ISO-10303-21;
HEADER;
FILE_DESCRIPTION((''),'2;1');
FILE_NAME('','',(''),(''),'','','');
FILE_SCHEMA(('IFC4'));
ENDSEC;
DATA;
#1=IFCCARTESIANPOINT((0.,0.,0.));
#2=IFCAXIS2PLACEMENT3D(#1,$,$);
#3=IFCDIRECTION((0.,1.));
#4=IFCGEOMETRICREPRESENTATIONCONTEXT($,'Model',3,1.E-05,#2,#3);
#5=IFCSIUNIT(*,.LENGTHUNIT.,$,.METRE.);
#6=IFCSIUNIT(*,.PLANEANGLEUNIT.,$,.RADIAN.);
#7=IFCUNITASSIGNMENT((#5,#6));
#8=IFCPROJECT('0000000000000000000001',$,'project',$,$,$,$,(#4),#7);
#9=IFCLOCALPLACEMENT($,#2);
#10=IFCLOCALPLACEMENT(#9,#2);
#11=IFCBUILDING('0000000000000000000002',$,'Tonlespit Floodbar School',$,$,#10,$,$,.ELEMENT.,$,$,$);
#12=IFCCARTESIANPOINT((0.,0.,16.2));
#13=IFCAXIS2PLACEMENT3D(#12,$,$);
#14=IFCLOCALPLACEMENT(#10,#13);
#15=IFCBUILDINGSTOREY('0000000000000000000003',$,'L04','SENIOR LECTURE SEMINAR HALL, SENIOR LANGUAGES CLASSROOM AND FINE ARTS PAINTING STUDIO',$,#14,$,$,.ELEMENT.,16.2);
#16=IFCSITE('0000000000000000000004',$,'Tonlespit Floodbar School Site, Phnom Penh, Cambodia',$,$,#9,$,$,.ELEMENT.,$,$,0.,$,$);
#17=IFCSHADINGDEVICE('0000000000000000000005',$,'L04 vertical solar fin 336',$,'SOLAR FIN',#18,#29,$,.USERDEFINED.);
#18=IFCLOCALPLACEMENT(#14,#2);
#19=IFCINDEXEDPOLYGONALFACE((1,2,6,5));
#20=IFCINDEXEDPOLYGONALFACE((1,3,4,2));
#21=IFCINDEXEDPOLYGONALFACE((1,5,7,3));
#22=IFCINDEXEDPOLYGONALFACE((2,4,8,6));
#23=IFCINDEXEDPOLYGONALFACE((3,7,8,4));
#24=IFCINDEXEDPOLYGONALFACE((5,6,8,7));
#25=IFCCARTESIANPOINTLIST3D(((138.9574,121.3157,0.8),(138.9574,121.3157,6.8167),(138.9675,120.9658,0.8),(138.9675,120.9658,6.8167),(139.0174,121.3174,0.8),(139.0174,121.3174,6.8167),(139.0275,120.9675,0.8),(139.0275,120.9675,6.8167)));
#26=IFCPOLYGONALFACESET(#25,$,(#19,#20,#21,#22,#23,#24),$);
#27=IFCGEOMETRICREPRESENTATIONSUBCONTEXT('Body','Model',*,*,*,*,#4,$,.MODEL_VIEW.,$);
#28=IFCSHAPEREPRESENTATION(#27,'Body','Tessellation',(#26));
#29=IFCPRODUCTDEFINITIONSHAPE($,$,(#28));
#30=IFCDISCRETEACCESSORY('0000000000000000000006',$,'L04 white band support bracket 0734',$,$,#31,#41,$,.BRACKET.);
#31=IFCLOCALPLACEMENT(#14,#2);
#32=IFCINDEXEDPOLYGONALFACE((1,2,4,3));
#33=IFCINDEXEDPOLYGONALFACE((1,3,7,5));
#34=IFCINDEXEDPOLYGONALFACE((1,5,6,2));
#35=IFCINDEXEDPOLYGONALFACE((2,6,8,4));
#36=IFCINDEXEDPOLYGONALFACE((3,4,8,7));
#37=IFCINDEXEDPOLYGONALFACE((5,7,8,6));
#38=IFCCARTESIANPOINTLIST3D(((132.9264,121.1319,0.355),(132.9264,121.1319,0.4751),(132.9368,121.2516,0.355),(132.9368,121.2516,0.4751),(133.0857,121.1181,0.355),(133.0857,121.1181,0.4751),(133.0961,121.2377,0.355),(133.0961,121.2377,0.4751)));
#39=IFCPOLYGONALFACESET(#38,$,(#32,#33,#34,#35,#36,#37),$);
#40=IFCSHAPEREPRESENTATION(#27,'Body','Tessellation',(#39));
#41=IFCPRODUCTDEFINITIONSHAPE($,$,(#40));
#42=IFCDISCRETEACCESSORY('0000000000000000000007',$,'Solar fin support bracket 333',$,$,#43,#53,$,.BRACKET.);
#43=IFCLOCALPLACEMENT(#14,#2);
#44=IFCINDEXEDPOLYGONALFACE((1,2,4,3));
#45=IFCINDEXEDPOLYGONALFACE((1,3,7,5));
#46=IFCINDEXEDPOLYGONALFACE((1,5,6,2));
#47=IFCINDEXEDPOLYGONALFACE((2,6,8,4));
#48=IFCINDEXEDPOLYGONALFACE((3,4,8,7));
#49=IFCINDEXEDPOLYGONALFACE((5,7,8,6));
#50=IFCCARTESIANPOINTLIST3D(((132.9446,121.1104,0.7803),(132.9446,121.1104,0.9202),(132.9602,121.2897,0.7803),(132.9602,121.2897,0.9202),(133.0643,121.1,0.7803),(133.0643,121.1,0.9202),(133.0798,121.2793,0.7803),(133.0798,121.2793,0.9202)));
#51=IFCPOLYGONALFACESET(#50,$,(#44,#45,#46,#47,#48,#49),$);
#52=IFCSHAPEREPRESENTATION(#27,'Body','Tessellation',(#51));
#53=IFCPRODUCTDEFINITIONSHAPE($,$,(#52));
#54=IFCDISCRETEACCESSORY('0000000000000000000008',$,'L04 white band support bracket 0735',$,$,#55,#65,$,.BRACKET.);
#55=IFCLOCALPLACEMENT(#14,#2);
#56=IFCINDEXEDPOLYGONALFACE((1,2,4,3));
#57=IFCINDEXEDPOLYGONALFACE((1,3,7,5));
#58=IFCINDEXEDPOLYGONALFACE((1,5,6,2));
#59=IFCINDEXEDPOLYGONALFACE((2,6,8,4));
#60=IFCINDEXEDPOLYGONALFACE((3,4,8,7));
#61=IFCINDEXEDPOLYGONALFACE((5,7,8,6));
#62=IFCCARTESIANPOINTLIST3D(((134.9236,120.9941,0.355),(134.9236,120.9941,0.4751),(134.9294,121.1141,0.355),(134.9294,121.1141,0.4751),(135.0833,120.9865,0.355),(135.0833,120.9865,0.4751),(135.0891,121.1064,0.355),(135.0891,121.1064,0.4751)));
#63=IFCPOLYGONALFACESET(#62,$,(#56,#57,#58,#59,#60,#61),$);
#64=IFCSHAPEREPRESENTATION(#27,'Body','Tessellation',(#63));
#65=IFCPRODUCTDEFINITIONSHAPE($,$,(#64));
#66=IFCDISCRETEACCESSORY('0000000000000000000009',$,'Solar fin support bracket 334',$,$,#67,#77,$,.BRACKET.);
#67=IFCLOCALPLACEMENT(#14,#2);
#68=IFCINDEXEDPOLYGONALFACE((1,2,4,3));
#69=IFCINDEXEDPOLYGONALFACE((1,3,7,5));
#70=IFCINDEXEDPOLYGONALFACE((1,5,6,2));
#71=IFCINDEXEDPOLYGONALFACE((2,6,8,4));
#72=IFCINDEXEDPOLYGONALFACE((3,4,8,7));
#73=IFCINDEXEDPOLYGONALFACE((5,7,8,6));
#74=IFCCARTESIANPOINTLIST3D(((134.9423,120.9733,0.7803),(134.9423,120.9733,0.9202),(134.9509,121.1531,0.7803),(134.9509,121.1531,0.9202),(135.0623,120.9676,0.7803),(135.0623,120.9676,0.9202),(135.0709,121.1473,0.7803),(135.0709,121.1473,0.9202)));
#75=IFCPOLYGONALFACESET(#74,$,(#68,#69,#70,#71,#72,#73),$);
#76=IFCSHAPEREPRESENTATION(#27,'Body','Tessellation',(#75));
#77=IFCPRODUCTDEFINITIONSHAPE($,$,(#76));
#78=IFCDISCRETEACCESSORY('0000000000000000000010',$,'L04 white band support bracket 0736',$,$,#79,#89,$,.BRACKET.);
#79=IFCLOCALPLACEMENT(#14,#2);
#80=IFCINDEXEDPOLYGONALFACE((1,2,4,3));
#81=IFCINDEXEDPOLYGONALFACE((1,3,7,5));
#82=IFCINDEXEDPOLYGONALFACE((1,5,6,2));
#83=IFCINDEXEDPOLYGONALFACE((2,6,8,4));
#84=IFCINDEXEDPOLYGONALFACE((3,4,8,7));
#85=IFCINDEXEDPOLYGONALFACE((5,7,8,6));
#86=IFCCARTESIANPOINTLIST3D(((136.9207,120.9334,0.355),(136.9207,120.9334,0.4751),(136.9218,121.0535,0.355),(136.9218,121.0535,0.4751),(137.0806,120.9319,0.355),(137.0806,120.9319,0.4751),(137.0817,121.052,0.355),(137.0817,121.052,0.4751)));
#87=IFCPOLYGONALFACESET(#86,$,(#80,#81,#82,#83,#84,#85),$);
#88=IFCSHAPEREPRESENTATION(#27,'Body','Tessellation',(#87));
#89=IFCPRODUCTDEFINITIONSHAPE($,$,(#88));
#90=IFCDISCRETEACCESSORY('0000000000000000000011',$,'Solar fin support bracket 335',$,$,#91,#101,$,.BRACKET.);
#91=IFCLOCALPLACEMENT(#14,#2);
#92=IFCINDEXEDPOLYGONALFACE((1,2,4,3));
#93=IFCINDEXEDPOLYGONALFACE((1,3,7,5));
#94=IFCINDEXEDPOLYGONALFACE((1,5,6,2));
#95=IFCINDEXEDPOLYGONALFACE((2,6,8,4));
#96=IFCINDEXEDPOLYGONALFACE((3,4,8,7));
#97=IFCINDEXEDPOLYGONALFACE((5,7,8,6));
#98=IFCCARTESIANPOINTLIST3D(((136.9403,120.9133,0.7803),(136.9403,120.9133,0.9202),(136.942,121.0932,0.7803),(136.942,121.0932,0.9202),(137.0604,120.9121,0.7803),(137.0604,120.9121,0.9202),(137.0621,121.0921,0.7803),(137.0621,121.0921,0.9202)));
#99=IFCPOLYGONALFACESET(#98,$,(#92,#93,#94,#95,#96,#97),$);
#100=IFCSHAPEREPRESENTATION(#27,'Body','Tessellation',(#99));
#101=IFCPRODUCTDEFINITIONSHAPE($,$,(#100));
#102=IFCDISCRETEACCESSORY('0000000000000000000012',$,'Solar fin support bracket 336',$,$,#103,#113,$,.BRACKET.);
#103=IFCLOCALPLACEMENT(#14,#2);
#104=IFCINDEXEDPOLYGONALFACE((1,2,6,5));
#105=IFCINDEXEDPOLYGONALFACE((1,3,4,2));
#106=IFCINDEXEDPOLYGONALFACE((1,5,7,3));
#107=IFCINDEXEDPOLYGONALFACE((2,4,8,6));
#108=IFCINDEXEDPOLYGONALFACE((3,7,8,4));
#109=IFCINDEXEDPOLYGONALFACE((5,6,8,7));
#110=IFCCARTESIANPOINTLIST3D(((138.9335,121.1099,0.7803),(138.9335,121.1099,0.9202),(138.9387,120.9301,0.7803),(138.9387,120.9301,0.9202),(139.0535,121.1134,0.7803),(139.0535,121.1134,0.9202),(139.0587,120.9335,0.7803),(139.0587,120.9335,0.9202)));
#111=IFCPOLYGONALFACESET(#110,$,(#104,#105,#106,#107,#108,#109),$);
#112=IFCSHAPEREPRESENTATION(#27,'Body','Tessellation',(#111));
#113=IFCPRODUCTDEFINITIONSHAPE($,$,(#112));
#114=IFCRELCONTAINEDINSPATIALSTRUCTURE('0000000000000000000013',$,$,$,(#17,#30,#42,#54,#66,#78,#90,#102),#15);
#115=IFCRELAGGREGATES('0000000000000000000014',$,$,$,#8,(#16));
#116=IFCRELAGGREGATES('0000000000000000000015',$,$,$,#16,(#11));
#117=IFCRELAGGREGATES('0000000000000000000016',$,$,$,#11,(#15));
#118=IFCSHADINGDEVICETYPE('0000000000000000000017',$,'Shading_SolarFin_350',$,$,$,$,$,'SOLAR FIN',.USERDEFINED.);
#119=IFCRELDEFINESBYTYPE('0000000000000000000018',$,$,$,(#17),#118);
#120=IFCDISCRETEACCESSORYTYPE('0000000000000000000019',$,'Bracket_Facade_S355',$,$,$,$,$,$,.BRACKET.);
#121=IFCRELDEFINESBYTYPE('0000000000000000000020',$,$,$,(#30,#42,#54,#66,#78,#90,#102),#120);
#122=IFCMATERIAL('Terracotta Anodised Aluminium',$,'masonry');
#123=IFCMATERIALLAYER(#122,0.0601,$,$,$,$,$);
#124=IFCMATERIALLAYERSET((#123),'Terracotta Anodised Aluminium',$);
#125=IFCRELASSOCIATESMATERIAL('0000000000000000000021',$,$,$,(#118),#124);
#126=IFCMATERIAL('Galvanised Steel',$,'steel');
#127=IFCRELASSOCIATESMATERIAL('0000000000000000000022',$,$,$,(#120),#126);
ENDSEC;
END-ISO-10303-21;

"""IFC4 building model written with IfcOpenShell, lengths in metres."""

from ifc_helpers import new_model, si_unit, direction, frame, origin, origin_2d, place, context, subcontext, project, spatial, rectangle, extrude, material, layer, layer_set, type_object, element, save


model = new_model("IFC4")

# Units and contexts
model_context = context("Model", 3, precision=1e-05, world=origin(), true_north=direction((0.0, 1.0)))
body_context = subcontext(model_context, "Body", "Model", "MODEL_VIEW")
ifc_project = project(units=[si_unit("LENGTHUNIT", "METRE"), si_unit("PLANEANGLEUNIT", "RADIAN")], contexts=[model_context])

# Site, building, storey
site_placement = place(None, origin())
site = spatial("IfcSite", under=ifc_project, at=site_placement, Name="Tonlespit Floodbar School Site, Phnom Penh, Cambodia", CompositionType="ELEMENT", RefElevation=0.0)
building_placement = place(site_placement, origin())
building = spatial("IfcBuilding", under=site, at=building_placement, Name="Tonlespit Floodbar School", CompositionType="ELEMENT")
storey_placement = place(building_placement, frame((0.0, 0.0, 16.2)))
storey = spatial("IfcBuildingStorey", under=building, at=storey_placement, Name="L04", Description="SENIOR LECTURE SEMINAR HALL, SENIOR LANGUAGES CLASSROOM AND FINE ARTS PAINTING STUDIO", CompositionType="ELEMENT", Elevation=16.2)

# Shading device
ifc_material_1 = material(Name="Terracotta Anodised Aluminium", Category="masonry")
ifc_layer_1 = layer(ifc_material_1, 0.0601)
ifc_layer_set_1 = layer_set([ifc_layer_1], Name="Terracotta Anodised Aluminium")
shading_device_type = type_object("IfcShadingDeviceType", Name="Shading_SolarFin_350", ElementType="SOLAR FIN", PredefinedType="USERDEFINED", material=ifc_layer_set_1)
shading_device_1_placement = place(storey_placement, frame((138.9924, 121.1416, 0.8), z_axis=(0.0, 0.0, 1.0), x_axis=(0.999584, 0.028838, 0.0)))
element("IfcShadingDevice", 1, at=shading_device_1_placement, inside=storey, type_object=shading_device_type, Name="L04 vertical solar fin 336", ObjectType="SOLAR FIN", PredefinedType="USERDEFINED", context=body_context, shape_type="SweptSolid", body=[
    extrude(rectangle(XDim=0.0601, YDim=0.3501, at=origin_2d()), origin(), (0.0, 0.0, 1.0), 6.0166),
])

# Discrete accessories
ifc_material_2 = material(Name="Galvanised Steel", Category="steel")
discrete_accessory_type = type_object("IfcDiscreteAccessoryType", Name="Bracket_Facade_S355", PredefinedType="BRACKET", material=ifc_material_2)
discrete_accessory_1_placement = place(storey_placement, frame((133.0112, 121.1848, 0.355), z_axis=(0.0, 0.0, 1.0), x_axis=(0.996245, -0.086573, 0.0)))
element("IfcDiscreteAccessory", 2, at=discrete_accessory_1_placement, inside=storey, type_object=discrete_accessory_type, Name="L04 white band support bracket 0734", PredefinedType="BRACKET", context=body_context, shape_type="SweptSolid", body=[
    extrude(rectangle(XDim=0.1599, YDim=0.1201, at=origin_2d()), origin(), (0.0, 0.0, 1.0), 0.1201),
])
discrete_accessory_2_placement = place(storey_placement, frame((133.0122, 121.1948, 0.7803), z_axis=(0.0, 0.0, 1.0), x_axis=(0.996245, -0.086573, 0.0)))
element("IfcDiscreteAccessory", 3, at=discrete_accessory_2_placement, inside=storey, type_object=discrete_accessory_type, Name="Solar fin support bracket 333", PredefinedType="BRACKET", context=body_context, shape_type="SweptSolid", body=[
    extrude(rectangle(XDim=0.1201, YDim=0.1799, at=origin_2d()), origin(), (0.0, 0.0, 1.0), 0.1399),
])
discrete_accessory_3_placement = place(storey_placement, frame((135.0063, 121.0503, 0.355), z_axis=(0.0, 0.0, 1.0), x_axis=(0.998843, -0.048095, 0.0)))
element("IfcDiscreteAccessory", 4, at=discrete_accessory_3_placement, inside=storey, type_object=discrete_accessory_type, Name="L04 white band support bracket 0735", PredefinedType="BRACKET", context=body_context, shape_type="SweptSolid", body=[
    extrude(rectangle(XDim=0.1599, YDim=0.1201, at=origin_2d()), origin(), (0.0, 0.0, 1.0), 0.1201),
])
discrete_accessory_4_placement = place(storey_placement, frame((135.0066, 121.0603, 0.7803), z_axis=(0.0, 0.0, 1.0), x_axis=(0.998843, -0.048095, 0.0)))
element("IfcDiscreteAccessory", 5, at=discrete_accessory_4_placement, inside=storey, type_object=discrete_accessory_type, Name="Solar fin support bracket 334", PredefinedType="BRACKET", context=body_context, shape_type="SweptSolid", body=[
    extrude(rectangle(XDim=0.1201, YDim=0.1799, at=origin_2d()), origin(), (0.0, 0.0, 1.0), 0.1399),
])
discrete_accessory_5_placement = place(storey_placement, frame((137.0012, 120.9927, 0.355), z_axis=(0.0, 0.0, 1.0), x_axis=(0.999954, -0.009599, 0.0)))
element("IfcDiscreteAccessory", 6, at=discrete_accessory_5_placement, inside=storey, type_object=discrete_accessory_type, Name="L04 white band support bracket 0736", PredefinedType="BRACKET", context=body_context, shape_type="SweptSolid", body=[
    extrude(rectangle(XDim=0.1599, YDim=0.1201, at=origin_2d()), origin(), (0.0, 0.0, 1.0), 0.1201),
])
for number, where, z_axis, x_axis, name in (
    (7, (137.0012, 121.0027, 0.7803), (0.0, 0.0, 1.0), (0.999954, -0.009599, 0.0), "Solar fin support bracket 335"),
    (8, (138.9961, 121.0217, 0.7803), (0.0, 0.0, 1.0), (0.999584, 0.028838, 0.0), "Solar fin support bracket 336"),
):
    element("IfcDiscreteAccessory", number, at=place(storey_placement, frame(where, z_axis=z_axis, x_axis=x_axis)), inside=storey, type_object=discrete_accessory_type, Name=name, PredefinedType="BRACKET", context=body_context, shape_type="SweptSolid", body=[
        extrude(rectangle(XDim=0.1201, YDim=0.1799, at=origin_2d()), origin(), (0.0, 0.0, 1.0), 0.1399),
    ])

save(model, "model.ifc")
